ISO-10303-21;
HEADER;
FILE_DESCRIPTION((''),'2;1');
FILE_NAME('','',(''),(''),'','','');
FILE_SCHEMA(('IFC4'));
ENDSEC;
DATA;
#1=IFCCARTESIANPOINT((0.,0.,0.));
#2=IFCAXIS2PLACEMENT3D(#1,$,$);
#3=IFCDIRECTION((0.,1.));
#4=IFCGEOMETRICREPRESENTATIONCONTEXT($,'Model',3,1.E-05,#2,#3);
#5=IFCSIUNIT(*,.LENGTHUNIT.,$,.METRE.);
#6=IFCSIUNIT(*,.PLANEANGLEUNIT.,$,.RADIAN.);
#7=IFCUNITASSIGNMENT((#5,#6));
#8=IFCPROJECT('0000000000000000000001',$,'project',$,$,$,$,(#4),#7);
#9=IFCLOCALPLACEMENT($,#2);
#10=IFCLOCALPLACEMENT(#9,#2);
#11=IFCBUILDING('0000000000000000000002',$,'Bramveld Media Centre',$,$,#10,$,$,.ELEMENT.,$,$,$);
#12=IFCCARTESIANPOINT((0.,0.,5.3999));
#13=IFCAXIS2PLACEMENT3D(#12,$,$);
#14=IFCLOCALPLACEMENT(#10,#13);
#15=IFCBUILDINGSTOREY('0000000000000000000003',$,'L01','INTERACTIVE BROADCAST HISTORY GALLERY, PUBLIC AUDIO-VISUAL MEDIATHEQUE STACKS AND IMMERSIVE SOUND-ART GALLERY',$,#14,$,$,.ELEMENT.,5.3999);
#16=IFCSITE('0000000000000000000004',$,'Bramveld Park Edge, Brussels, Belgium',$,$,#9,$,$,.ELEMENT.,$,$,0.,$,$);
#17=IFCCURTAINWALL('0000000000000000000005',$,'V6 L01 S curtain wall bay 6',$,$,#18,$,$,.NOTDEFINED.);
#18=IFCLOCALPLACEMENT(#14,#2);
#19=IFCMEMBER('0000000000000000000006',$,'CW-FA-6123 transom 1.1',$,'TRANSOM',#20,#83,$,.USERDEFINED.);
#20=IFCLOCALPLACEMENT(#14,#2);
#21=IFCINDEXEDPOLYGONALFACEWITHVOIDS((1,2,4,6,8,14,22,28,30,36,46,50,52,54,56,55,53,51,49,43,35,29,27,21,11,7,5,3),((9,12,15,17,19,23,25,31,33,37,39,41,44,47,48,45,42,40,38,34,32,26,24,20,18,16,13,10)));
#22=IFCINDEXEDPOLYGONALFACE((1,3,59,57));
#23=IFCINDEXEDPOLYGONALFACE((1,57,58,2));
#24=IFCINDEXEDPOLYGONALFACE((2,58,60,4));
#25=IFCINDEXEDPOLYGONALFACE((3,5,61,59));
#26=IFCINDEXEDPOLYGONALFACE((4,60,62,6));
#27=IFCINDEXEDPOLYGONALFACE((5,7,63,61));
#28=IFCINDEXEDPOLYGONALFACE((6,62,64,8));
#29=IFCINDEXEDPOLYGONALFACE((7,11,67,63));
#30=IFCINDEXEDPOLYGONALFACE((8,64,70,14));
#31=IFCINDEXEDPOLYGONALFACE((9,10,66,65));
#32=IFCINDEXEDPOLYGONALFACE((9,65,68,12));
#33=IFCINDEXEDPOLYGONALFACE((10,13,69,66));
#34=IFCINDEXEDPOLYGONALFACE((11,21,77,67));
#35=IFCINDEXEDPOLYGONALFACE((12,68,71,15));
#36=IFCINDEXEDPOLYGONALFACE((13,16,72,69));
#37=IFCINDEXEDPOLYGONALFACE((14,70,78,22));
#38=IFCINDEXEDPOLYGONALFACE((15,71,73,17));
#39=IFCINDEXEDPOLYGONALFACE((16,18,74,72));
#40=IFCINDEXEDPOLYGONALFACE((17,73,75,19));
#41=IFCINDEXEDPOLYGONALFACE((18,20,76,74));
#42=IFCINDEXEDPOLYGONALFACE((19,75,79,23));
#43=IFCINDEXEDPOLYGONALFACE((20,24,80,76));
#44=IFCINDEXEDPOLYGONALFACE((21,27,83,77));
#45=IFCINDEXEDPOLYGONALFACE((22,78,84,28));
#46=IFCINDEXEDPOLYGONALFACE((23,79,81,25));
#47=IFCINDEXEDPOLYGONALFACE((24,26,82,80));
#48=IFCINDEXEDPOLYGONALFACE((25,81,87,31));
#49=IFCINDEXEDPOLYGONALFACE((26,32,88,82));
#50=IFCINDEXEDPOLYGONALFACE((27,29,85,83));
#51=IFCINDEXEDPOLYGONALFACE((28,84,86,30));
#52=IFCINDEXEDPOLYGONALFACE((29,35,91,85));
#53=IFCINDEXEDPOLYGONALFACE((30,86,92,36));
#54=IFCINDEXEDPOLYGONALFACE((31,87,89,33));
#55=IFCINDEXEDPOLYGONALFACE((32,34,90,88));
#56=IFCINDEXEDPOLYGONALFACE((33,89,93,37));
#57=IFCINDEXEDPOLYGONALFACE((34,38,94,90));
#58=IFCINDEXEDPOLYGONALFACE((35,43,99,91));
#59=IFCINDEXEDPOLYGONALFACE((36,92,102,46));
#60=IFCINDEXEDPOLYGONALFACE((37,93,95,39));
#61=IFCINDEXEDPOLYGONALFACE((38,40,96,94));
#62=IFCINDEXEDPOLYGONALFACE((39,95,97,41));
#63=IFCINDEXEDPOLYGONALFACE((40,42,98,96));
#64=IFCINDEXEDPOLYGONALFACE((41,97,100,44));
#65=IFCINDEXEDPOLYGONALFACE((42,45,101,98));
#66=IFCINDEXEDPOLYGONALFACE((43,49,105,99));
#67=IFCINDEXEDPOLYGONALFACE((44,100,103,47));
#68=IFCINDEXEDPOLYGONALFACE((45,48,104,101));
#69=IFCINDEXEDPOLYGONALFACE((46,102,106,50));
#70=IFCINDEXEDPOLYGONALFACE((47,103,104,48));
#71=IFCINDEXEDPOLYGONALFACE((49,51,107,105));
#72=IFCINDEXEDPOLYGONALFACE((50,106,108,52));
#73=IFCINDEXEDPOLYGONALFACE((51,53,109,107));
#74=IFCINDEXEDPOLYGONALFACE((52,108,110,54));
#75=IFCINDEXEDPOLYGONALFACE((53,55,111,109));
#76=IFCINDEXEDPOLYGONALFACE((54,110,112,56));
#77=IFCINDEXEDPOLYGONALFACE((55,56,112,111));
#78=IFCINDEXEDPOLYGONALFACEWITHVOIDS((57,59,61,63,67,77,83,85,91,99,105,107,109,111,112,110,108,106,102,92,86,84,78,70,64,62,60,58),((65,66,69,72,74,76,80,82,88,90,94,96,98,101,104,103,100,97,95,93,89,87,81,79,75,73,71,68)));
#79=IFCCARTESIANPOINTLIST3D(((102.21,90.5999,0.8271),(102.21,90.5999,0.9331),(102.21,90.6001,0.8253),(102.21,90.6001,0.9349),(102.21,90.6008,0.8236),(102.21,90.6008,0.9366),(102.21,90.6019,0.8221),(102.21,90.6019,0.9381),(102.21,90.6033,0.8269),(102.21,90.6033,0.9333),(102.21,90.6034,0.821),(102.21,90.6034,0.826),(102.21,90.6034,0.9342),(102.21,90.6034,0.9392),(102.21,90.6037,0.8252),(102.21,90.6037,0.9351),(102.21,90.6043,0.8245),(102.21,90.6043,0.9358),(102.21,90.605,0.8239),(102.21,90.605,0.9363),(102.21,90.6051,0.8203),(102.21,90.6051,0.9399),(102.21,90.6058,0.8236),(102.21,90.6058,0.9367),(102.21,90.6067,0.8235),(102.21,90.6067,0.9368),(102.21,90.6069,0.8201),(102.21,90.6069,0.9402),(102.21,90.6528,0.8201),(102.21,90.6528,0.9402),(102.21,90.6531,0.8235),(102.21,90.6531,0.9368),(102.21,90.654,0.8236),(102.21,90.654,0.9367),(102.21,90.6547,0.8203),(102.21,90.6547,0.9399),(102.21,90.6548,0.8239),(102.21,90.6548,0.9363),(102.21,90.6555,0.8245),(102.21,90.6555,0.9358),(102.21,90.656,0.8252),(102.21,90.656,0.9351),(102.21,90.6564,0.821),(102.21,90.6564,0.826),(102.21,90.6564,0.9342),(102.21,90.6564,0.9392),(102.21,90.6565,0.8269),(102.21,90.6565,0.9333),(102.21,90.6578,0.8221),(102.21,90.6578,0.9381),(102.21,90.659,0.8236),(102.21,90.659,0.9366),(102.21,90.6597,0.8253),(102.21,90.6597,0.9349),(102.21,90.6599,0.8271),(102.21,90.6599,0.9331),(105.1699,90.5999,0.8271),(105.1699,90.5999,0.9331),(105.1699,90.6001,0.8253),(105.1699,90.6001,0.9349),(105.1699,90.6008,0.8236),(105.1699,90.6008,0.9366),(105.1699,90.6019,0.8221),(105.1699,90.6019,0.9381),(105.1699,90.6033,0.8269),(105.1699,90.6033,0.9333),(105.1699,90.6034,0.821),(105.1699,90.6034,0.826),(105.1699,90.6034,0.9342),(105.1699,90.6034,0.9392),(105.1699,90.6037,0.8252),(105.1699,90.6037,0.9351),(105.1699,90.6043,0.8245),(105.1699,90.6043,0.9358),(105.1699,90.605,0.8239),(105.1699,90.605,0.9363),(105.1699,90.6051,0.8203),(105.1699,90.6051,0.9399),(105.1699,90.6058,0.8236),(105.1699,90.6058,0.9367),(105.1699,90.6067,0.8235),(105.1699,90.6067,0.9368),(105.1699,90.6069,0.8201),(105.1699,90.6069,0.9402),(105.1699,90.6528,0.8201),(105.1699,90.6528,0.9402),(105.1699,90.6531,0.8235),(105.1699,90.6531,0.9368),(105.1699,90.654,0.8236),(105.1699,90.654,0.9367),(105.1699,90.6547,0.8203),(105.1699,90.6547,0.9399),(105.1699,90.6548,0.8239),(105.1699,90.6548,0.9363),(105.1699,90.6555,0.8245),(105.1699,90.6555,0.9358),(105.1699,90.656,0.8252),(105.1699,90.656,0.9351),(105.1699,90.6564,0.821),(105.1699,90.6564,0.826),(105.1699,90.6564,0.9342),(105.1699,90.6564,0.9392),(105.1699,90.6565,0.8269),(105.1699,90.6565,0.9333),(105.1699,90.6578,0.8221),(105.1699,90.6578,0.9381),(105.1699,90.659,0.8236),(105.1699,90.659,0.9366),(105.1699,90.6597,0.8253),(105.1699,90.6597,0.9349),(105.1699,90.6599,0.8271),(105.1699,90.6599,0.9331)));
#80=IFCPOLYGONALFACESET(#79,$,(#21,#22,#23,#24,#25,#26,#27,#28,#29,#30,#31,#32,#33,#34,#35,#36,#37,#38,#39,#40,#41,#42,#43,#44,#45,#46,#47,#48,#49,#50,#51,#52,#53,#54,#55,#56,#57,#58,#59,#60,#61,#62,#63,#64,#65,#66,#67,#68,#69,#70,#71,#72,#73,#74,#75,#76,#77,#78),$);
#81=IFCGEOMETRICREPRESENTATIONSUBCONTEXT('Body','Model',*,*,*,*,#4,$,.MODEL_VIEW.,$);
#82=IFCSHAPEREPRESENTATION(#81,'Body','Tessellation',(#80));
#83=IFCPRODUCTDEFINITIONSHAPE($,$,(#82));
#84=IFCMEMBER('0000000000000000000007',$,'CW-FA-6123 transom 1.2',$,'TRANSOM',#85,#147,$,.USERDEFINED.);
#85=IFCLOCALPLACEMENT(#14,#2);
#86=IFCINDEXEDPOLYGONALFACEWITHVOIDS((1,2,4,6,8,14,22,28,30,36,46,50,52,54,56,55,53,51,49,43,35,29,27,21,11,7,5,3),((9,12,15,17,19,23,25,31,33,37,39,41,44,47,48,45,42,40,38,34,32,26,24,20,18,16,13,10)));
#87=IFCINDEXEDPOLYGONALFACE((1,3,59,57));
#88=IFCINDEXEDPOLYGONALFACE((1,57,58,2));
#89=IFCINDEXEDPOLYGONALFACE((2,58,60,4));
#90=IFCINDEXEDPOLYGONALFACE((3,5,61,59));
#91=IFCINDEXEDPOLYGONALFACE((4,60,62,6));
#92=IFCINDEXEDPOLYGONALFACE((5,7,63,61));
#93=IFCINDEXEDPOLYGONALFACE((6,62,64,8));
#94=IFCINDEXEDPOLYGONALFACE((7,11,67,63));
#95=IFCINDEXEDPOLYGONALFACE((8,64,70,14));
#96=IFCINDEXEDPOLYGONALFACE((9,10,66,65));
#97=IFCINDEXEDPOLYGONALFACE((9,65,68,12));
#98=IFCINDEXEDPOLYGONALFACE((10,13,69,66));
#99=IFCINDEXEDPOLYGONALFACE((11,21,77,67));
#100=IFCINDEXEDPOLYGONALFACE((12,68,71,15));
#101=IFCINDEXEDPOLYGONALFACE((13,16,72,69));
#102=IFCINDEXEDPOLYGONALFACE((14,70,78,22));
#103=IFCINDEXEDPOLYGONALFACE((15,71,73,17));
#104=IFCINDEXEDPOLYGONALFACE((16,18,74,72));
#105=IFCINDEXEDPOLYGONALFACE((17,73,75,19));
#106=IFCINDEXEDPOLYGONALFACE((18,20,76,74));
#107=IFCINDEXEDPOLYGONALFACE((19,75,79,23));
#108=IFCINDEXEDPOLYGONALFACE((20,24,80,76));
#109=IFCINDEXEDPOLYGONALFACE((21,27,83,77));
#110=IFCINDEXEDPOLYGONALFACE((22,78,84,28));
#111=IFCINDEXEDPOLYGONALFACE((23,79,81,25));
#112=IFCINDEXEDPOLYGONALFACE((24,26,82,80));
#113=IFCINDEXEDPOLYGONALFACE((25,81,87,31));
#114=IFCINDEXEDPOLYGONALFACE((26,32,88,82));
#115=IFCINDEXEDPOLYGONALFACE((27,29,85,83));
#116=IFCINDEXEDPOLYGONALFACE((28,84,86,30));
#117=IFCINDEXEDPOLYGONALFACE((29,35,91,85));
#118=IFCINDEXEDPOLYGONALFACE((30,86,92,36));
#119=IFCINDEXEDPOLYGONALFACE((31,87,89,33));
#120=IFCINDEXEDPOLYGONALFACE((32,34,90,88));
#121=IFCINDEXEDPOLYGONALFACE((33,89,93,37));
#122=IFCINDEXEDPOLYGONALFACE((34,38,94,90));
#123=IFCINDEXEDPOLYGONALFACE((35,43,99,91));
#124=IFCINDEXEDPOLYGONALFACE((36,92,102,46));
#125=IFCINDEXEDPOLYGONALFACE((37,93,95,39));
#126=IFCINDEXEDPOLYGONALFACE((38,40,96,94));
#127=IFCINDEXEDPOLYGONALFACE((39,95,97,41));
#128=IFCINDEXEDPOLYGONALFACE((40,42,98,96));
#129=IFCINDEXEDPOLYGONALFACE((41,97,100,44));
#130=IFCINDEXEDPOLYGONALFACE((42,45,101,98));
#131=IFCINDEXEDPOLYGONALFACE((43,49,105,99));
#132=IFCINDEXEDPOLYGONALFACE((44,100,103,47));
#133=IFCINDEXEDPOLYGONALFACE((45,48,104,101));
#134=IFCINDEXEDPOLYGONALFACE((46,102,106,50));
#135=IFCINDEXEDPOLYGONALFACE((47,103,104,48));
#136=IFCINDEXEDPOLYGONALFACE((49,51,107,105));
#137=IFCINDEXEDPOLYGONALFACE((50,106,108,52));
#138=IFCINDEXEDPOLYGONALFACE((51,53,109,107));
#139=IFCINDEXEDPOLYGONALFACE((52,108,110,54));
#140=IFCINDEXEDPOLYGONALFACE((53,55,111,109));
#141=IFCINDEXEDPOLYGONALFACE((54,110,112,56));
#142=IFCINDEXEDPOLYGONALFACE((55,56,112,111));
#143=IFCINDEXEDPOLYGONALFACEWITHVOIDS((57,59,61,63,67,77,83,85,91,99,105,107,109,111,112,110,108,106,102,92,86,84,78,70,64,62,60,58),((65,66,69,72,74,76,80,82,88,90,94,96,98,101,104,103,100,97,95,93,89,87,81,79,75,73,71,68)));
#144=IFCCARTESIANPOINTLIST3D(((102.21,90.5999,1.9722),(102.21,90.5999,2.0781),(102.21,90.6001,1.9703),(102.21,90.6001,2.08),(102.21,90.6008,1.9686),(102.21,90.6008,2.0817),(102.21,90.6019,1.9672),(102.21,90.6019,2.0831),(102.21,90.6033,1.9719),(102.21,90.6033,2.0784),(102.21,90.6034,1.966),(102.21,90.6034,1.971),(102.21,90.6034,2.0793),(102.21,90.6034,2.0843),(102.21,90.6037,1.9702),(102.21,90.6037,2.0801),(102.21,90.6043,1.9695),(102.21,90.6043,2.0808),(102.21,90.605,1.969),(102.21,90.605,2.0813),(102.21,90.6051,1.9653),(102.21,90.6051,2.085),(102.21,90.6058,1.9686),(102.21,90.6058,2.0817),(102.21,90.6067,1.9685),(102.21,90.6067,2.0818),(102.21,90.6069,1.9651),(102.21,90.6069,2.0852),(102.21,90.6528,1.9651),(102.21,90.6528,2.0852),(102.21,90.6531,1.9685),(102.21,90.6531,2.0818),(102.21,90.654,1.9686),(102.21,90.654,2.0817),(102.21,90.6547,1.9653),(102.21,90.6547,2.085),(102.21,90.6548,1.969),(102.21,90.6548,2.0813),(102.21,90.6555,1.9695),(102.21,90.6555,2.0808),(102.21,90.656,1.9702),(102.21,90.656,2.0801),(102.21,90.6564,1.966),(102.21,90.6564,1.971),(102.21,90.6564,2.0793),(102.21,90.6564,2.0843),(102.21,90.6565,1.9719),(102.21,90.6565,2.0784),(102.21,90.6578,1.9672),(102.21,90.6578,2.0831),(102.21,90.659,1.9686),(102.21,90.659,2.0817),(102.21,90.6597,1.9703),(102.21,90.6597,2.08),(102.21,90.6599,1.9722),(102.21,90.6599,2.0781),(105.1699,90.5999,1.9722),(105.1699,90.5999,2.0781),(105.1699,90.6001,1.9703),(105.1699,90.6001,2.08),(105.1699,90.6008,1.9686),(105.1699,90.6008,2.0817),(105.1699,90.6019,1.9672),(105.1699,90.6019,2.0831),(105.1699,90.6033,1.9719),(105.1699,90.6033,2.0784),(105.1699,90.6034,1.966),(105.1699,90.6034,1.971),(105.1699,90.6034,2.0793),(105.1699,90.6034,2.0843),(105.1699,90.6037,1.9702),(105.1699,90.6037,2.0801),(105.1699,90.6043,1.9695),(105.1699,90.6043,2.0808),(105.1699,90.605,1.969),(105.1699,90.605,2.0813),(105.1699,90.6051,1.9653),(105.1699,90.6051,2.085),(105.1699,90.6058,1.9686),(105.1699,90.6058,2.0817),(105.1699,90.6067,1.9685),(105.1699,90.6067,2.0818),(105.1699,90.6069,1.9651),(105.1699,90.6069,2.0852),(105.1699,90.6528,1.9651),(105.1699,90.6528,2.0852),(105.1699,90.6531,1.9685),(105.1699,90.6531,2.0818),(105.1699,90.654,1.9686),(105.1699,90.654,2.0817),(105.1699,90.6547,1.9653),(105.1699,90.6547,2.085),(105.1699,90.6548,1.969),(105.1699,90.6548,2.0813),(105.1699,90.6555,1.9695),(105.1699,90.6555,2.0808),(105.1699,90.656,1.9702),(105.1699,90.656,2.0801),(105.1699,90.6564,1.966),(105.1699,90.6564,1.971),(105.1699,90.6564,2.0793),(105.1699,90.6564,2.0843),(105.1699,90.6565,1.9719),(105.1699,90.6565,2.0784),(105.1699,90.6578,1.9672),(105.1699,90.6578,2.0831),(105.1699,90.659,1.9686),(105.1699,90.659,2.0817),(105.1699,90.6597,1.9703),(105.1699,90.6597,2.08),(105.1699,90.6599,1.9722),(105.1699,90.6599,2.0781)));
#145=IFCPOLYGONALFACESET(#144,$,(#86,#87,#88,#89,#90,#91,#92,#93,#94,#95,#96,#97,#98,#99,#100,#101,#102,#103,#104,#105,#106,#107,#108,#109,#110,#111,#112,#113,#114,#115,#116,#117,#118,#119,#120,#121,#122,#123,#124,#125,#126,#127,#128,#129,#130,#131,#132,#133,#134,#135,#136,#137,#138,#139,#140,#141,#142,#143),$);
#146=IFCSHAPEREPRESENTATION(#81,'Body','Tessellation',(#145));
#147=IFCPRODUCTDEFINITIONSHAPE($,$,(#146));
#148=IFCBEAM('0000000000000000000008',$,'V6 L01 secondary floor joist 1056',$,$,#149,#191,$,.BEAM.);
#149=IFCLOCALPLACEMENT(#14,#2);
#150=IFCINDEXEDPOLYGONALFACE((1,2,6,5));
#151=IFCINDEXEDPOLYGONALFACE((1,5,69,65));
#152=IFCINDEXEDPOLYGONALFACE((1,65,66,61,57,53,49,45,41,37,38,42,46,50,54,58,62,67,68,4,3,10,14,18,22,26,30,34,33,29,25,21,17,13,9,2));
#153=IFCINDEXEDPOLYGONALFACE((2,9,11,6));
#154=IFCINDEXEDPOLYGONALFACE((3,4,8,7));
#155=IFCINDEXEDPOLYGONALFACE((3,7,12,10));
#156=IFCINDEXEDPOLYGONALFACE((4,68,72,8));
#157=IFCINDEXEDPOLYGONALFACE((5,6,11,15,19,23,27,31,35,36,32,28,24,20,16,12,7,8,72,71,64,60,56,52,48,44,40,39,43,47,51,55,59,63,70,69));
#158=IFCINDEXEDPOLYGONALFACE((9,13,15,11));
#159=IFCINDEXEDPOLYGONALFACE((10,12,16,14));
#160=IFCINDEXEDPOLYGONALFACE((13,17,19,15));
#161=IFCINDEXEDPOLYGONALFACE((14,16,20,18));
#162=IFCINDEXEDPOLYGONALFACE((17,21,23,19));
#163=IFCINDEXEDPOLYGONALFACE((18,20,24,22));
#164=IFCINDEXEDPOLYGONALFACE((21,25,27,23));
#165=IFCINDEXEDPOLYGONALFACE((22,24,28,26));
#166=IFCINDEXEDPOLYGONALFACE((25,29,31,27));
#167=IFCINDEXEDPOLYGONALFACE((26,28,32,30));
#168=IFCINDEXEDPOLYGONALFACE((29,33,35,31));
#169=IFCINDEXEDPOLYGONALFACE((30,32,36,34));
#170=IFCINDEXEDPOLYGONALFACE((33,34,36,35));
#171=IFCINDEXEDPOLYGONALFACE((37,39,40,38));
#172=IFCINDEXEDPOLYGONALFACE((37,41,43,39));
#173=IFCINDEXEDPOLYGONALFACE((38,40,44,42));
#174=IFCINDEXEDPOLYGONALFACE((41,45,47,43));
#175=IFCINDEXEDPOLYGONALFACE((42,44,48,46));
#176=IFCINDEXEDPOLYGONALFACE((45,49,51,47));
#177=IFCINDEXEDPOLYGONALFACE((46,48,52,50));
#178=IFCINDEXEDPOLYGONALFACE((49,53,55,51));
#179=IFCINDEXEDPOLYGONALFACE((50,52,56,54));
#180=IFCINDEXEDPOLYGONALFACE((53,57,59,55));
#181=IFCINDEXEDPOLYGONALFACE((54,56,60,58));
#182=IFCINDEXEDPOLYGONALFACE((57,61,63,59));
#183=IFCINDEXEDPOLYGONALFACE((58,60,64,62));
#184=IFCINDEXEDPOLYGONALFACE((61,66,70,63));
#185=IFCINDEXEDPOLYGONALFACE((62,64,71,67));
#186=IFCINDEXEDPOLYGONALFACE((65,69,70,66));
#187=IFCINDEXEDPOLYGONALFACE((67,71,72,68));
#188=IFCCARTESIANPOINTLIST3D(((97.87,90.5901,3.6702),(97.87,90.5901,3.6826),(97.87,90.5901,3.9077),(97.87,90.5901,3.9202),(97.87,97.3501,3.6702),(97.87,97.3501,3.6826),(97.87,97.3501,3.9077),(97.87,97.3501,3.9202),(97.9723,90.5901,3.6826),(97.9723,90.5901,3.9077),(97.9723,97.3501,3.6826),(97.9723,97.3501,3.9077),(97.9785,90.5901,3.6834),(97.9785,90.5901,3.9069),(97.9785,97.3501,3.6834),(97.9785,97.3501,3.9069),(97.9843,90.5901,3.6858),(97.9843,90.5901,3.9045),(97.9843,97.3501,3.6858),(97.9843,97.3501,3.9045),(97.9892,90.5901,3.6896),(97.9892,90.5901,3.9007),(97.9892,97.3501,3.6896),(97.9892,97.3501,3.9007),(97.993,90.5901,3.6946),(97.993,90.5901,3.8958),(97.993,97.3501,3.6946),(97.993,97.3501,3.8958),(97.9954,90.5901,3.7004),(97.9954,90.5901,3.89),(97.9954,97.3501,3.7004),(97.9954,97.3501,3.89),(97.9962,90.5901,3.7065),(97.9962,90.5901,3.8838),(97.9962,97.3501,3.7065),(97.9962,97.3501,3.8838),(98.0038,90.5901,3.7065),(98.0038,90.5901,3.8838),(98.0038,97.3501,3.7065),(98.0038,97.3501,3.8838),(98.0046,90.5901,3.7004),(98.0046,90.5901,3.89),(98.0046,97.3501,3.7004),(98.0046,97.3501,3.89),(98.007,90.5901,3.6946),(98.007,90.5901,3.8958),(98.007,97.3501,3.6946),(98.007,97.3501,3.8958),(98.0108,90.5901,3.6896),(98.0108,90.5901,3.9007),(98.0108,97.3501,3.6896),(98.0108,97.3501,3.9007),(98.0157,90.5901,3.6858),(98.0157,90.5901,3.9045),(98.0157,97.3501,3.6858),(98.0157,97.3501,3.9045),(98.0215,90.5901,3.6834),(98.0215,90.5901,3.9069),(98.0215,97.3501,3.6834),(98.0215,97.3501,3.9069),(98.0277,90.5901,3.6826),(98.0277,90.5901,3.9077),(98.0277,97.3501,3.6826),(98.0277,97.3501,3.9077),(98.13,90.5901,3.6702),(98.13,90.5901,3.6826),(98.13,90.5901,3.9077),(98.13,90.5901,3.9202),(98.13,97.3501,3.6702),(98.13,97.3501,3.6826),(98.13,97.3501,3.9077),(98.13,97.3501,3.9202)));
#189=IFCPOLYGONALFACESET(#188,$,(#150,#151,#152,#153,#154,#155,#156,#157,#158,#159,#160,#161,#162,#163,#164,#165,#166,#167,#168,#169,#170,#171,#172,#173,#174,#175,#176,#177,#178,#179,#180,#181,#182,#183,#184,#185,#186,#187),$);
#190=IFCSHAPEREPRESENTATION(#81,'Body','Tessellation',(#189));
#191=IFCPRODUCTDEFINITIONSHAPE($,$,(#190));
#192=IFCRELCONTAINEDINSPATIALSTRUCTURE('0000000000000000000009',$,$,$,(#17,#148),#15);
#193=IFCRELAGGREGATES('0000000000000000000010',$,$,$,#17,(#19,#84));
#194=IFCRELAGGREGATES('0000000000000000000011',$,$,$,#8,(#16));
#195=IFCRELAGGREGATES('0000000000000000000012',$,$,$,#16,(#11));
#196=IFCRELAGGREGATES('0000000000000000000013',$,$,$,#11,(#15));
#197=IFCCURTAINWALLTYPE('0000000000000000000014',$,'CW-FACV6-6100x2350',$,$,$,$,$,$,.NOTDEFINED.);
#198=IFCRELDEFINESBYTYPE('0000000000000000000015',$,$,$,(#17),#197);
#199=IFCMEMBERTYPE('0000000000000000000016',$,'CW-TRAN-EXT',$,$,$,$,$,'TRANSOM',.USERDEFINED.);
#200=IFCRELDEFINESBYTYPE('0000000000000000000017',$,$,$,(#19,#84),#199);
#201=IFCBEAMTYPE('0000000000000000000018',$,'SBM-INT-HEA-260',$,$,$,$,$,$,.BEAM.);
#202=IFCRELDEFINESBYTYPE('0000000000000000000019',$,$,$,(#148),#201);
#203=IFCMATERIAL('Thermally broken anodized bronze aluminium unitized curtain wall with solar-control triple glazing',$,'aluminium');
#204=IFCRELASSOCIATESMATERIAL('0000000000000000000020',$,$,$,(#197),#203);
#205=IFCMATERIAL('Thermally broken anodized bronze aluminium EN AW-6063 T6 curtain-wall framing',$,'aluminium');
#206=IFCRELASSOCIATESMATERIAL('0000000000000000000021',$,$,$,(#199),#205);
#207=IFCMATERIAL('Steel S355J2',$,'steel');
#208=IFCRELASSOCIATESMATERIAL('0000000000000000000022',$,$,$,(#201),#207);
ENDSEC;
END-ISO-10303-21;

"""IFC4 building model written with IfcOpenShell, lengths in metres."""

from ifc_helpers import new_model, si_unit, direction, frame, origin, origin_2d, place, context, subcontext, project, spatial, hollow_rectangle, i_section, extrude, material, material_profile, profile_set, type_object, element, aggregate, save


model = new_model("IFC4")

# Units and contexts
model_context = context("Model", 3, precision=1e-05, world=origin(), true_north=direction((0.0, 1.0)))
body_context = subcontext(model_context, "Body", "Model", "MODEL_VIEW")
ifc_project = project(units=[si_unit("LENGTHUNIT", "METRE"), si_unit("PLANEANGLEUNIT", "RADIAN")], contexts=[model_context])

# Site, building, storey
site_placement = place(None, origin())
site = spatial("IfcSite", under=ifc_project, at=site_placement, Name="Bramveld Park Edge, Brussels, Belgium", CompositionType="ELEMENT", RefElevation=0.0)
building_placement = place(site_placement, origin())
building = spatial("IfcBuilding", under=site, at=building_placement, Name="Bramveld Media Centre", CompositionType="ELEMENT")
storey_placement = place(building_placement, frame((0.0, 0.0, 5.3999)))
storey = spatial("IfcBuildingStorey", under=building, at=storey_placement, Name="L01", Description="INTERACTIVE BROADCAST HISTORY GALLERY, PUBLIC AUDIO-VISUAL MEDIATHEQUE STACKS AND IMMERSIVE SOUND-ART GALLERY", CompositionType="ELEMENT", Elevation=5.3999)

# Shared definitions
ifc_material_1 = material(Name="Thermally broken anodized bronze aluminium unitized curtain wall with solar-control triple glazing", Category="aluminium")
curtain_wall_type = type_object("IfcCurtainWallType", Name="CW-FACV6-6100x2350", PredefinedType="NOTDEFINED", material=ifc_material_1)

# Curtain wall
curtain_wall_1_placement = place(storey_placement, origin())
curtain_wall_1 = element("IfcCurtainWall", 1, at=curtain_wall_1_placement, inside=storey, type_object=curtain_wall_type, Name="V6 L01 S curtain wall bay 6", PredefinedType="NOTDEFINED")

# Members
ifc_material_2 = material(Name="Thermally broken anodized bronze aluminium EN AW-6063 T6 curtain-wall framing", Category="aluminium")
ifc_material_profile_1 = material_profile(ifc_material_2, hollow_rectangle(XDim=0.0601, YDim=0.1201, WallThickness=0.0034, InnerFilletRadius=0.0034, OuterFilletRadius=0.0071, at=origin_2d()), Name="AL-TRAN 60x120")
ifc_profile_set_1 = profile_set([ifc_material_profile_1], Name="Thermally broken anodized bronze aluminium EN AW-6063 T6 curtain-wall framing")
member_type_1 = type_object("IfcMemberType", Name="CW-TRAN-EXT", ElementType="TRANSOM", PredefinedType="USERDEFINED", material=ifc_profile_set_1)
member_1_placement = place(storey_placement, frame((102.21, 90.6299, 0.8801), z_axis=(1.0, 0.0, 0.0), x_axis=(0.0, 1.0, 0.0)))
member_1 = element("IfcMember", 2, at=member_1_placement, type_object=member_type_1, Name="CW-FA-6123 transom 1.1", ObjectType="TRANSOM", PredefinedType="USERDEFINED", context=body_context, shape_type="SweptSolid", body=[
    extrude(hollow_rectangle(XDim=0.0601, YDim=0.1201, WallThickness=0.0034, InnerFilletRadius=0.0034, OuterFilletRadius=0.0071, at=origin_2d()), origin(), (0.0, 0.0, 1.0), 2.96),
])
member_2_placement = place(storey_placement, frame((102.21, 90.6299, 2.0251), z_axis=(1.0, 0.0, 0.0), x_axis=(0.0, 1.0, 0.0)))
member_2 = element("IfcMember", 3, at=member_2_placement, type_object=member_type_1, Name="CW-FA-6123 transom 1.2", ObjectType="TRANSOM", PredefinedType="USERDEFINED", context=body_context, shape_type="SweptSolid", body=[
    extrude(hollow_rectangle(XDim=0.0601, YDim=0.1201, WallThickness=0.0034, InnerFilletRadius=0.0034, OuterFilletRadius=0.0071, at=origin_2d()), origin(), (0.0, 0.0, 1.0), 2.96),
])
aggregate(curtain_wall_1, [member_1, member_2])

# Beam
ifc_material_3 = material(Name="Steel S355J2", Category="steel")
ifc_material_profile_2 = material_profile(ifc_material_3, i_section(OverallWidth=0.26, OverallDepth=0.25, WebThickness=0.0076, FlangeThickness=0.0125, FilletRadius=0.0239, at=origin_2d()), Name="HEA 260")
ifc_profile_set_2 = profile_set([ifc_material_profile_2], Name="Steel S355J2")
beam_type_1 = type_object("IfcBeamType", Name="SBM-INT-HEA-260", PredefinedType="BEAM", material=ifc_profile_set_2)
beam_1_placement = place(storey_placement, frame((98.0, 90.5901, 3.7952), z_axis=(0.0, 1.0, 0.0), x_axis=(-1.0, 0.0, 0.0)))
element("IfcBeam", 4, at=beam_1_placement, inside=storey, type_object=beam_type_1, Name="V6 L01 secondary floor joist 1056", PredefinedType="BEAM", context=body_context, shape_type="SweptSolid", body=[
    extrude(i_section(OverallWidth=0.26, OverallDepth=0.25, WebThickness=0.0076, FlangeThickness=0.0125, FilletRadius=0.0239, at=origin_2d()), origin(), (0.0, 0.0, 1.0), 6.76),
])

save(model, "model.ifc")
